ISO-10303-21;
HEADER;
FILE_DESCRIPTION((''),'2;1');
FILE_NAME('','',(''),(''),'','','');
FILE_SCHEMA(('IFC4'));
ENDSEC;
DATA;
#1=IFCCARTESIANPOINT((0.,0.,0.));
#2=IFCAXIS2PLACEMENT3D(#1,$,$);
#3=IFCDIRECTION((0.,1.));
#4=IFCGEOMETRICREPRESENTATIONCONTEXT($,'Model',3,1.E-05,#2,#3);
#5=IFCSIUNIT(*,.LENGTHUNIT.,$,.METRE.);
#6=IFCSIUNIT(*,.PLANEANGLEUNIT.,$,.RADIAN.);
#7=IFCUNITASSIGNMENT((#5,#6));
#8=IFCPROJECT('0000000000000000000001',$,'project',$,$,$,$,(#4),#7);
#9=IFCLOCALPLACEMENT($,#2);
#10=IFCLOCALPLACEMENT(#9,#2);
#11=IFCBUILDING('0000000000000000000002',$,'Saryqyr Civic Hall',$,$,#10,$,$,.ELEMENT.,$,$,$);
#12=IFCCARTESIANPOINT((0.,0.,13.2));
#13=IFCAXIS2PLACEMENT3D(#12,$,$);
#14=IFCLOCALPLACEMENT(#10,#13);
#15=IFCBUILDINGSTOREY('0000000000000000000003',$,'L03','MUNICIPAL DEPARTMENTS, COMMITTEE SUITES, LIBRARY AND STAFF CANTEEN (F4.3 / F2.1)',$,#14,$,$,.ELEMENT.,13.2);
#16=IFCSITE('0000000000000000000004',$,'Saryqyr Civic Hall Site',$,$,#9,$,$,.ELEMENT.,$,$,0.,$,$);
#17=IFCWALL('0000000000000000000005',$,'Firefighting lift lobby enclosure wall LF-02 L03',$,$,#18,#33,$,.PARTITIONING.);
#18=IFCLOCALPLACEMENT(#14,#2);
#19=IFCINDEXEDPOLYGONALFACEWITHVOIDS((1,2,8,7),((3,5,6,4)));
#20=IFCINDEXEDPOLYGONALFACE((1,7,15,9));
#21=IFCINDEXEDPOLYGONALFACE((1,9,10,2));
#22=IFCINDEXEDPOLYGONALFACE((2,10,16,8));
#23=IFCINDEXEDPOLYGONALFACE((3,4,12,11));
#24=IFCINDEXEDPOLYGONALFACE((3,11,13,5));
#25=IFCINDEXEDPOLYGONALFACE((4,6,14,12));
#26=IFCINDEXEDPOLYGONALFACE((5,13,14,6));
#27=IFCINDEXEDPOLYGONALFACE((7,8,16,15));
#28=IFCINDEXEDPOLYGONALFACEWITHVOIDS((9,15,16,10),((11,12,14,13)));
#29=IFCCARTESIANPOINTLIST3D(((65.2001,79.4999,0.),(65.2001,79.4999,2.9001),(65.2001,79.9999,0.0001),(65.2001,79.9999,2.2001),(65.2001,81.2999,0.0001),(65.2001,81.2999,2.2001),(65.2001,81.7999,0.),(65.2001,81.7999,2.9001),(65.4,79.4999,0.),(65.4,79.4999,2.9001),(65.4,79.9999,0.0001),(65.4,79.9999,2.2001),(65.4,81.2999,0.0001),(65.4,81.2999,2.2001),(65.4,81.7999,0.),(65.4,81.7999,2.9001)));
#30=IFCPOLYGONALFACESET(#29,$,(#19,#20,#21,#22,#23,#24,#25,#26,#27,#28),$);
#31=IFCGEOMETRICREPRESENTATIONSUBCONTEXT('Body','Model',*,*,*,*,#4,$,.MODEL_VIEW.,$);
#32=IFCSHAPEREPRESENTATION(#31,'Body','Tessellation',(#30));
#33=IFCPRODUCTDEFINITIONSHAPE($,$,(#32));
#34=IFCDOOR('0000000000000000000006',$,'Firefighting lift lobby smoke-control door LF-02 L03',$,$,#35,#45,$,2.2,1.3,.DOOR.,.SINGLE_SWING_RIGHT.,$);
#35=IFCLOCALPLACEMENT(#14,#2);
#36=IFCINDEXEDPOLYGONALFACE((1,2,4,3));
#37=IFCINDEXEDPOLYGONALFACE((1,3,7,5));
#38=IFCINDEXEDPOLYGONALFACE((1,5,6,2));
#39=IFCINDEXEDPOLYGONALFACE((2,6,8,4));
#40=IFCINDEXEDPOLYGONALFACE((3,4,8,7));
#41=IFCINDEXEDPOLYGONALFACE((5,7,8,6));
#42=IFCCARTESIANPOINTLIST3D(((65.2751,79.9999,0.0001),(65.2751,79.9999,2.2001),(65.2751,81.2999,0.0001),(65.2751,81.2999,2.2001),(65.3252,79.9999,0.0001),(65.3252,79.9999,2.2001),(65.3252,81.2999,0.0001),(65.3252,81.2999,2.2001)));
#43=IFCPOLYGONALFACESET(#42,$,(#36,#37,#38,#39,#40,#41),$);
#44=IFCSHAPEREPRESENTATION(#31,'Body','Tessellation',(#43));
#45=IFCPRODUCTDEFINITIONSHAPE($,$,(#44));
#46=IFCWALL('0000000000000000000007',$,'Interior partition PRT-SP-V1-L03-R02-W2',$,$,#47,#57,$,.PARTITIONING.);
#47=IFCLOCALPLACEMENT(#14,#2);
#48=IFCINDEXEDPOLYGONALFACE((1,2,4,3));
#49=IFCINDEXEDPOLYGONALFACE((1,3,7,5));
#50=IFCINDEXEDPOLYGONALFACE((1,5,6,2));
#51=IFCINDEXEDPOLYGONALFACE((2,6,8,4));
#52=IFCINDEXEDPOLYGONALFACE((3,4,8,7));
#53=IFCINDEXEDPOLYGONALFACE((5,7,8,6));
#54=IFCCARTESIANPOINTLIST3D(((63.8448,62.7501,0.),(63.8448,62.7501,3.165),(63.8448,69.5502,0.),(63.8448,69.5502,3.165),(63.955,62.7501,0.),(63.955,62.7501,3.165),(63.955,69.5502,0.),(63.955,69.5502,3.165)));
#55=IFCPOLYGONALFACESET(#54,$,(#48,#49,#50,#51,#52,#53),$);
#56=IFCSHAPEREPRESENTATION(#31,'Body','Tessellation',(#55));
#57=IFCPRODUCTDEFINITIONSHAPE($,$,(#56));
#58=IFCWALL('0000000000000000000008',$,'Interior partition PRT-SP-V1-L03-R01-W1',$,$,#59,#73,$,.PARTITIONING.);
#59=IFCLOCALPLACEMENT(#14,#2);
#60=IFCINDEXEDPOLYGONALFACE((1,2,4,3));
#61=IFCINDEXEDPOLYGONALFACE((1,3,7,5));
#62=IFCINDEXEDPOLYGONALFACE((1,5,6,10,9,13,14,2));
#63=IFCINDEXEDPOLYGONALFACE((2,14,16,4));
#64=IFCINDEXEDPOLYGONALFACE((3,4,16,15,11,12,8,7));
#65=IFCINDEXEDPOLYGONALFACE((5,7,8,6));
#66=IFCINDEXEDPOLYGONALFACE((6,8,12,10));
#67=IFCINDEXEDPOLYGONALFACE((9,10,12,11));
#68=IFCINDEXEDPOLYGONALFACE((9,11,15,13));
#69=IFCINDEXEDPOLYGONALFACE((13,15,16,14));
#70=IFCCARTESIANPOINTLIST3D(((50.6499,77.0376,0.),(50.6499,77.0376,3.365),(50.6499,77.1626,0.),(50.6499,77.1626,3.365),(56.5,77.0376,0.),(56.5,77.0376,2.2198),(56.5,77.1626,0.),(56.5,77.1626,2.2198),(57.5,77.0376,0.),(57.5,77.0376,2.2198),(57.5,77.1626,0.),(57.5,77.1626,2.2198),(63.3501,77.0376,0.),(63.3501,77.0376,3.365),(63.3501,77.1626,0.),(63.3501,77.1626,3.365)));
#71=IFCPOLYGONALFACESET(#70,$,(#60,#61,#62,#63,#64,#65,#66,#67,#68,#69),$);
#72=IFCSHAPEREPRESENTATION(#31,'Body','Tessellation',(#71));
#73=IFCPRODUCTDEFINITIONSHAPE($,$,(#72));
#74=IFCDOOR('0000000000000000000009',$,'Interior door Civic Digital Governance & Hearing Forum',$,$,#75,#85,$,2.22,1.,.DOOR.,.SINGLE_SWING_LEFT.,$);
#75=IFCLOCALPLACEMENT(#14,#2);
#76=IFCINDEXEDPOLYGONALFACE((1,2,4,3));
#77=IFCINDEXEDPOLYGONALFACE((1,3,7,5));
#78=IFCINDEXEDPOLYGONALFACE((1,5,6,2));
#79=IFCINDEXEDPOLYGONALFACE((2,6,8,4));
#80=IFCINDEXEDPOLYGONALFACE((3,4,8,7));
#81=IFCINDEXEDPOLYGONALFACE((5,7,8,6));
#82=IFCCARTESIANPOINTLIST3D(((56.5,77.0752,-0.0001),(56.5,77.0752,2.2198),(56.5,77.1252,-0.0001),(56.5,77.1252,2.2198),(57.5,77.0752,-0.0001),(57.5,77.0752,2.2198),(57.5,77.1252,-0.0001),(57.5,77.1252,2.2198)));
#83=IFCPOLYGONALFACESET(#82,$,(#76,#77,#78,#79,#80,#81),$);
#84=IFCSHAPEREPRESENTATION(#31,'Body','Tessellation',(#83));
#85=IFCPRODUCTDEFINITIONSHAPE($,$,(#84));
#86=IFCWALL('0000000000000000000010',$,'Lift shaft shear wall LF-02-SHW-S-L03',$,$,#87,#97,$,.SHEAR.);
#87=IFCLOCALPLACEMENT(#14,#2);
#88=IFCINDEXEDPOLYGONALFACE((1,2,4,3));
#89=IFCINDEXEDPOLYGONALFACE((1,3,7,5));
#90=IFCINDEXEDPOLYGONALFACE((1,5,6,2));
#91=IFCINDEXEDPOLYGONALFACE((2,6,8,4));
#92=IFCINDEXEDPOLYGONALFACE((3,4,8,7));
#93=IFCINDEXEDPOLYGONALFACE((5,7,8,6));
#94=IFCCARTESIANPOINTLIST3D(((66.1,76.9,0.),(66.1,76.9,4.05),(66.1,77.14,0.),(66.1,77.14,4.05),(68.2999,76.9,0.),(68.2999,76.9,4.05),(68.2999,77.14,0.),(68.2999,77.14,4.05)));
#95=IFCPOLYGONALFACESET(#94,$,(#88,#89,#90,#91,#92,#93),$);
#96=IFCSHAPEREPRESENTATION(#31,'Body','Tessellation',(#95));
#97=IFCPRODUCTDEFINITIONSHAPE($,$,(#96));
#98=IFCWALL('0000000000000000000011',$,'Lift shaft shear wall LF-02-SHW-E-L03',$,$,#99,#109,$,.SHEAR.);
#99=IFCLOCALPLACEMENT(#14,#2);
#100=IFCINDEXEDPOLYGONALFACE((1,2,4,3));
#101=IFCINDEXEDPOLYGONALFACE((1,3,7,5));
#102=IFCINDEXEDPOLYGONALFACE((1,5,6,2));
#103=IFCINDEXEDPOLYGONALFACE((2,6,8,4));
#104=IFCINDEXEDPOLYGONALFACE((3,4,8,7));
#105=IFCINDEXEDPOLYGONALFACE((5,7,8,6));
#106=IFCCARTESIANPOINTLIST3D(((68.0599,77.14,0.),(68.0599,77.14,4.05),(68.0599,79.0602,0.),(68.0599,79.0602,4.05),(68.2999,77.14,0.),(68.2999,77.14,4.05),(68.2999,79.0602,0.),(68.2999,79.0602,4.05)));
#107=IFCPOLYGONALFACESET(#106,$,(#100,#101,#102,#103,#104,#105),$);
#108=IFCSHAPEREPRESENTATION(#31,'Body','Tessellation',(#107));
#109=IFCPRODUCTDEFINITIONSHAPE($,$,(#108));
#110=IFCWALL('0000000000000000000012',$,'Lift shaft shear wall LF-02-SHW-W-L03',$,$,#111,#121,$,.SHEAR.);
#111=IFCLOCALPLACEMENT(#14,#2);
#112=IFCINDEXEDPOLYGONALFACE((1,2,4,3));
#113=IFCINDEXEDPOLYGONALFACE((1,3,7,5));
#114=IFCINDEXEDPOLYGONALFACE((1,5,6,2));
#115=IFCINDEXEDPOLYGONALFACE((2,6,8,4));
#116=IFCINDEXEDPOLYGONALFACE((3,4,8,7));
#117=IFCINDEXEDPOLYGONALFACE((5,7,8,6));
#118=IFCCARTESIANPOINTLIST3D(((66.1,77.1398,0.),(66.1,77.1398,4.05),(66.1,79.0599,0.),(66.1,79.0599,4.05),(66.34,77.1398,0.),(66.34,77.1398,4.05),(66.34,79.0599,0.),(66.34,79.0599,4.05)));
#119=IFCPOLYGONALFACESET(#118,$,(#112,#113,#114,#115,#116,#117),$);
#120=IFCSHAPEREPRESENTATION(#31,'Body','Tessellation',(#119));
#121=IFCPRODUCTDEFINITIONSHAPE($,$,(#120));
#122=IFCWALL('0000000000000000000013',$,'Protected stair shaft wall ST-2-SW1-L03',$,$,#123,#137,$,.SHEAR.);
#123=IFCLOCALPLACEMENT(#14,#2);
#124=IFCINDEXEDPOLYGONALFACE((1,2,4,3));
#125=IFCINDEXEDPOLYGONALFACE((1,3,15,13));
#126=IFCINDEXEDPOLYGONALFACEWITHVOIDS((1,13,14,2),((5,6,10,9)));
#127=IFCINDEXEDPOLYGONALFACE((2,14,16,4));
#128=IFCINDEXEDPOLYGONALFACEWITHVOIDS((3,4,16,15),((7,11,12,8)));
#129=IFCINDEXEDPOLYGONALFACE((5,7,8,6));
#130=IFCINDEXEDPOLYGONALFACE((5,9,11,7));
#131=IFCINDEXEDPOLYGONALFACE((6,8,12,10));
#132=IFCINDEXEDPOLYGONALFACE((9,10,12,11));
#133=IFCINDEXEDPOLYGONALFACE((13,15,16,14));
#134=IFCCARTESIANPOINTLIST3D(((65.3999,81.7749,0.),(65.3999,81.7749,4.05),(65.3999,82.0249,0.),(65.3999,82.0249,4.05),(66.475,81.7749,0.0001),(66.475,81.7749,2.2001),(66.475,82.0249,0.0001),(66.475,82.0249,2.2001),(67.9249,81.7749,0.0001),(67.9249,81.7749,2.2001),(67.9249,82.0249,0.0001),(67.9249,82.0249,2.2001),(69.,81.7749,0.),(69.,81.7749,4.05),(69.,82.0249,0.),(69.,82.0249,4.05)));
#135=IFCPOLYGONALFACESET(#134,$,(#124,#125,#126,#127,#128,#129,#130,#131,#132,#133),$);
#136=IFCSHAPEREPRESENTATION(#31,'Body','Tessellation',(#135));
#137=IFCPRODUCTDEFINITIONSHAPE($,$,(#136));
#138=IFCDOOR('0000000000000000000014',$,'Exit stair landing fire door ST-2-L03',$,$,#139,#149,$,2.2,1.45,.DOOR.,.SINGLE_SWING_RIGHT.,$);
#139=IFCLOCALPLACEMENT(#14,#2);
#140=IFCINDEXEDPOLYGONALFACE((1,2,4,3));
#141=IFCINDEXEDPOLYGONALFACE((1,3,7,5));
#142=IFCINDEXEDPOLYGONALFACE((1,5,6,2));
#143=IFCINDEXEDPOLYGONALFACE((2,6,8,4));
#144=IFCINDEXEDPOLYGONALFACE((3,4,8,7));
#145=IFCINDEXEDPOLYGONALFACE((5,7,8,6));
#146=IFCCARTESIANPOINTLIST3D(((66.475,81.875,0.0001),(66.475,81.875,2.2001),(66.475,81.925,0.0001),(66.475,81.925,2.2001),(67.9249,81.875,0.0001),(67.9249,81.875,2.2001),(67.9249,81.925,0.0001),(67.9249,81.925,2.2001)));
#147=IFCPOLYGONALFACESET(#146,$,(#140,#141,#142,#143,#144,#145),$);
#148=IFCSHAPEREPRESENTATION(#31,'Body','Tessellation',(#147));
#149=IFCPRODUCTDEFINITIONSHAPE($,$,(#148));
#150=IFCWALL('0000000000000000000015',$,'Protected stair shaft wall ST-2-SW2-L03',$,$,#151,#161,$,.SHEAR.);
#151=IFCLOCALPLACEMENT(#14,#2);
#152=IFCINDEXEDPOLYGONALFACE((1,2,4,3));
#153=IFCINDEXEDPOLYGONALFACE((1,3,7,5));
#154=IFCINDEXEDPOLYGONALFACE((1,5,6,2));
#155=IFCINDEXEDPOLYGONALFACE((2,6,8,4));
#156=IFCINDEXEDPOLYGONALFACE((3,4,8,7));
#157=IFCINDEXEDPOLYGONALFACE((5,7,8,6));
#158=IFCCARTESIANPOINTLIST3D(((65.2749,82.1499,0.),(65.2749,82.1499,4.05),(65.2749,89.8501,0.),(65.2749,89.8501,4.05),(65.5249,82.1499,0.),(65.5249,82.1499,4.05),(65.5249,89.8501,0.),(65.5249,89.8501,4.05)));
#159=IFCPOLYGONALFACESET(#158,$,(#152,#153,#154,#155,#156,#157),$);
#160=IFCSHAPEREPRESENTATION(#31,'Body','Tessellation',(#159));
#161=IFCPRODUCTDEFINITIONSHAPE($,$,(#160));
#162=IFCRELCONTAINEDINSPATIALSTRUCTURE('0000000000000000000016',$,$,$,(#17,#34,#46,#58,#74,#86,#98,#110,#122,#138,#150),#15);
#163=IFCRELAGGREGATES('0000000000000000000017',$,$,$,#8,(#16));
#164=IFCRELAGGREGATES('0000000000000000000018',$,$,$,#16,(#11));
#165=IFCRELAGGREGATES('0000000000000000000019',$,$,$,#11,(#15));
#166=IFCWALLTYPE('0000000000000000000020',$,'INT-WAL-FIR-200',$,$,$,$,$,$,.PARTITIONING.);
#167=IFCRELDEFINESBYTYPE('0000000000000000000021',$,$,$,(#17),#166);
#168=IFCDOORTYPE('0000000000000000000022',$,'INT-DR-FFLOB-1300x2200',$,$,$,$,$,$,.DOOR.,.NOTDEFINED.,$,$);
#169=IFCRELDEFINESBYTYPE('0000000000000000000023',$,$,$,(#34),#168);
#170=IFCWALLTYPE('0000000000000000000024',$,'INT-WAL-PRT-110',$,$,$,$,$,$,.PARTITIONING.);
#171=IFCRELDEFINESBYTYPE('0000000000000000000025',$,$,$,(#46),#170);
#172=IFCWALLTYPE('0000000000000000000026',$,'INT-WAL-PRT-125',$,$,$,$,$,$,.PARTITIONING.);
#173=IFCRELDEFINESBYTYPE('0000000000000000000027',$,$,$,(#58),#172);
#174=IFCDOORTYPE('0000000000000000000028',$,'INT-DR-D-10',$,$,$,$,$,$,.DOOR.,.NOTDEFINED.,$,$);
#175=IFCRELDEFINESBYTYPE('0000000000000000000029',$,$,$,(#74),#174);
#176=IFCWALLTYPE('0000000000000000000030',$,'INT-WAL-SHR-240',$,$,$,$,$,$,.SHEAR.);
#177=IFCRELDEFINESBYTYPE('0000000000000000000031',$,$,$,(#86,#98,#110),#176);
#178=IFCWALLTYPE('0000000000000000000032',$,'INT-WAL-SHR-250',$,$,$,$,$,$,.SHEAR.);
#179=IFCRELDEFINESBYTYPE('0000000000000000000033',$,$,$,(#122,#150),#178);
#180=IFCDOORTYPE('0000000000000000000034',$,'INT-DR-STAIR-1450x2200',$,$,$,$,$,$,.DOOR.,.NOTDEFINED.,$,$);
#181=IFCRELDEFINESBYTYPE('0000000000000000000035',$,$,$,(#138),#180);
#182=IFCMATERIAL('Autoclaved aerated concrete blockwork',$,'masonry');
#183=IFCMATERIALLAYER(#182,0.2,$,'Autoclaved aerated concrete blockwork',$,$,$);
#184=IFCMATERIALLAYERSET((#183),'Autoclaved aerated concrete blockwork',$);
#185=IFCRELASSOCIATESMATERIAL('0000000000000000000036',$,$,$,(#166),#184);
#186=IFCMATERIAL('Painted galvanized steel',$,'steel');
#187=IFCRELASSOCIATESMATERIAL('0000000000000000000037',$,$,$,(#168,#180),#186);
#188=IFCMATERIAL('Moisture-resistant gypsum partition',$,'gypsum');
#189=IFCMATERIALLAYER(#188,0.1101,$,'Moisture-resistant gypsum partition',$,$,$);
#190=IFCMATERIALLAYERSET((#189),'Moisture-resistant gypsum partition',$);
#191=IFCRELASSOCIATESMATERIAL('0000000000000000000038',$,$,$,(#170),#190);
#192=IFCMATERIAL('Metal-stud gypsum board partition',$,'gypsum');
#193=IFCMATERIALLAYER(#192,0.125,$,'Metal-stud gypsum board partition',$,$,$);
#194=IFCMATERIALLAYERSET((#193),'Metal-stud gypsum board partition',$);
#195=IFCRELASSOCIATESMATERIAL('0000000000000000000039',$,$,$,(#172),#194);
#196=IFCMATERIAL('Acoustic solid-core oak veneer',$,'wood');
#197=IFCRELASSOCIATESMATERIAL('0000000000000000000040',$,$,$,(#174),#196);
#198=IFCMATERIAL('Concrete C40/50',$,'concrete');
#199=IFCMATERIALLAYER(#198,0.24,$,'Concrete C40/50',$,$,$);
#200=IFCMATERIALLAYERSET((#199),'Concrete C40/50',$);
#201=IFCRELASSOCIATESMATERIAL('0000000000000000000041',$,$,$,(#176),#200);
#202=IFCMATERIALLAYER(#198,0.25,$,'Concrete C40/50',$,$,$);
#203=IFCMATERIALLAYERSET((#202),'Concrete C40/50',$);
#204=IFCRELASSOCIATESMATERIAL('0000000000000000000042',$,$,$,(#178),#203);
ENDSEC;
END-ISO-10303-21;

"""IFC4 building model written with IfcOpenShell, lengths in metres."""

from ifc_helpers import new_model, si_unit, direction, frame, frame_2d, origin, place, context, subcontext, project, spatial, rectangle, extrude, material, layer, layer_set, type_object, element, fill, save


model = new_model("IFC4")

# Units and contexts
model_context = context("Model", 3, precision=1e-05, world=origin(), true_north=direction((0.0, 1.0)))
body_context = subcontext(model_context, "Body", "Model", "MODEL_VIEW")
ifc_project = project(units=[si_unit("LENGTHUNIT", "METRE"), si_unit("PLANEANGLEUNIT", "RADIAN")], contexts=[model_context])

# Site, building, storey
site_placement = place(None, origin())
site = spatial("IfcSite", under=ifc_project, at=site_placement, Name="Saryqyr Civic Hall Site", CompositionType="ELEMENT", RefElevation=0.0)
building_placement = place(site_placement, origin())
building = spatial("IfcBuilding", under=site, at=building_placement, Name="Saryqyr Civic Hall", CompositionType="ELEMENT")
storey_placement = place(building_placement, frame((0.0, 0.0, 13.2)))
storey = spatial("IfcBuildingStorey", under=building, at=storey_placement, Name="L03", Description="MUNICIPAL DEPARTMENTS, COMMITTEE SUITES, LIBRARY AND STAFF CANTEEN (F4.3 / F2.1)", CompositionType="ELEMENT", Elevation=13.2)

# Shared definitions
ifc_material_1 = material(Name="Concrete C40/50", Category="concrete")

# Wall, opening, door
ifc_material_2 = material(Name="Autoclaved aerated concrete blockwork", Category="masonry")
ifc_layer_1 = layer(ifc_material_2, 0.2, Name="Autoclaved aerated concrete blockwork")
ifc_layer_set_1 = layer_set([ifc_layer_1], Name="Autoclaved aerated concrete blockwork")
wall_type_1 = type_object("IfcWallType", Name="INT-WAL-FIR-200", PredefinedType="PARTITIONING", material=ifc_layer_set_1)
wall_1_placement = place(storey_placement, frame((65.3, 79.5, 0.0), z_axis=(0.0, 0.0, 1.0), x_axis=(0.0, 1.0, 0.0)))
wall_1 = element("IfcWall", 1, at=wall_1_placement, inside=storey, type_object=wall_type_1, Name="Firefighting lift lobby enclosure wall LF-02 L03", PredefinedType="PARTITIONING", context=body_context, shape_type="SweptSolid", body=[
    extrude(rectangle(XDim=2.3, YDim=0.2, at=frame_2d((1.1499, 0.0))), origin(), (0.0, 0.0, 1.0), 2.9001),
])
opening_1_placement = place(wall_1_placement, frame((0.5, 0.0, 0.0)))
opening_1 = element("IfcOpeningElement", 2, at=opening_1_placement, cuts=wall_1, PredefinedType="OPENING", context=body_context, shape_type="SweptSolid", body=[
    extrude(rectangle(XDim=1.3, YDim=2.2, at=frame_2d((0.6499, 1.1001))), frame((0.0, 0.1099, 0.0), z_axis=(0.0, -1.0, 0.0), x_axis=(1.0, 0.0, 0.0)), (0.0, 0.0, 1.0), 0.22),
])
ifc_material_3 = material(Name="Painted galvanized steel", Category="steel")
door_type_1 = type_object("IfcDoorType", Name="INT-DR-FFLOB-1300x2200", OperationType="NOTDEFINED", PredefinedType="DOOR", material=ifc_material_3)
door_1_placement = place(opening_1_placement, origin())
door_1 = element("IfcDoor", 3, at=door_1_placement, inside=storey, type_object=door_type_1, Name="Firefighting lift lobby smoke-control door LF-02 L03", OperationType="SINGLE_SWING_RIGHT", OverallHeight=2.2, OverallWidth=1.3, PredefinedType="DOOR", context=body_context, shape_type="SweptSolid", body=[
    extrude(rectangle(XDim=1.3, YDim=2.2, at=frame_2d((0.6499, 1.1001))), frame((0.0, 0.0249, 0.0), z_axis=(0.0, -1.0, 0.0), x_axis=(1.0, 0.0, 0.0)), (0.0, 0.0, 1.0), 0.05),
])
fill(opening_1, door_1)

# Wall
ifc_material_4 = material(Name="Moisture-resistant gypsum partition", Category="gypsum")
ifc_layer_2 = layer(ifc_material_4, 0.1101, Name="Moisture-resistant gypsum partition")
ifc_layer_set_2 = layer_set([ifc_layer_2], Name="Moisture-resistant gypsum partition")
wall_type_2 = type_object("IfcWallType", Name="INT-WAL-PRT-110", PredefinedType="PARTITIONING", material=ifc_layer_set_2)
wall_2_placement = place(storey_placement, frame((63.8999, 69.55, 0.0), z_axis=(0.0, 0.0, 1.0), x_axis=(0.0, -1.0, 0.0)))
element("IfcWall", 4, at=wall_2_placement, inside=storey, type_object=wall_type_2, Name="Interior partition PRT-SP-V1-L03-R02-W2", PredefinedType="PARTITIONING", context=body_context, shape_type="SweptSolid", body=[
    extrude(rectangle(XDim=6.8, YDim=0.1101, at=frame_2d((3.3999, 0.0))), origin(), (0.0, 0.0, 1.0), 3.165),
])

# Wall, opening, door
ifc_material_5 = material(Name="Metal-stud gypsum board partition", Category="gypsum")
ifc_layer_3 = layer(ifc_material_5, 0.125, Name="Metal-stud gypsum board partition")
ifc_layer_set_3 = layer_set([ifc_layer_3], Name="Metal-stud gypsum board partition")
wall_type_3 = type_object("IfcWallType", Name="INT-WAL-PRT-125", PredefinedType="PARTITIONING", material=ifc_layer_set_3)
wall_3_placement = place(storey_placement, frame((63.3501, 77.1001, 0.0), z_axis=(0.0, 0.0, 1.0), x_axis=(-1.0, 0.0, 0.0)))
wall_3 = element("IfcWall", 5, at=wall_3_placement, inside=storey, type_object=wall_type_3, Name="Interior partition PRT-SP-V1-L03-R01-W1", PredefinedType="PARTITIONING", context=body_context, shape_type="SweptSolid", body=[
    extrude(rectangle(XDim=12.7002, YDim=0.125, at=frame_2d((6.3501, 0.0))), origin(), (0.0, 0.0, 1.0), 3.365),
])
opening_2_placement = place(wall_3_placement, frame((5.8501, 0.0, 0.0)))
opening_2 = element("IfcOpeningElement", 6, at=opening_2_placement, cuts=wall_3, PredefinedType="OPENING", context=body_context, shape_type="SweptSolid", body=[
    extrude(rectangle(XDim=1.0, YDim=2.22, at=frame_2d((0.5, 1.1099))), frame((0.0, 0.0725, 0.0), z_axis=(0.0, -1.0, 0.0), x_axis=(1.0, 0.0, 0.0)), (0.0, 0.0, 1.0), 0.145),
])
ifc_material_6 = material(Name="Acoustic solid-core oak veneer", Category="wood")
door_type_2 = type_object("IfcDoorType", Name="INT-DR-D-10", OperationType="NOTDEFINED", PredefinedType="DOOR", material=ifc_material_6)
door_2_placement = place(opening_2_placement, origin())
door_2 = element("IfcDoor", 7, at=door_2_placement, inside=storey, type_object=door_type_2, Name="Interior door Civic Digital Governance & Hearing Forum", OperationType="SINGLE_SWING_LEFT", OverallHeight=2.22, OverallWidth=1.0, PredefinedType="DOOR", context=body_context, shape_type="SweptSolid", body=[
    extrude(rectangle(XDim=1.0, YDim=2.22, at=frame_2d((0.5, 1.1099))), frame((0.0, 0.0249, 0.0), z_axis=(0.0, -1.0, 0.0), x_axis=(1.0, 0.0, 0.0)), (0.0, 0.0, 1.0), 0.05),
])
fill(opening_2, door_2)

# Walls
ifc_layer_4 = layer(ifc_material_1, 0.24, Name="Concrete C40/50")
ifc_layer_set_4 = layer_set([ifc_layer_4], Name="Concrete C40/50")
wall_type_4 = type_object("IfcWallType", Name="INT-WAL-SHR-240", PredefinedType="SHEAR", material=ifc_layer_set_4)
wall_4_placement = place(storey_placement, frame((68.3, 77.02, 0.0), z_axis=(0.0, 0.0, 1.0), x_axis=(-1.0, 0.0, 0.0)))
element("IfcWall", 8, at=wall_4_placement, inside=storey, type_object=wall_type_4, Name="Lift shaft shear wall LF-02-SHW-S-L03", PredefinedType="SHEAR", context=body_context, shape_type="SweptSolid", body=[
    extrude(rectangle(XDim=2.2, YDim=0.24, at=frame_2d((1.1001, 0.0))), origin(), (0.0, 0.0, 1.0), 4.05),
])
wall_5_placement = place(storey_placement, frame((68.1799, 79.0601, 0.0), z_axis=(0.0, 0.0, 1.0), x_axis=(0.0, -1.0, 0.0)))
element("IfcWall", 9, at=wall_5_placement, inside=storey, type_object=wall_type_4, Name="Lift shaft shear wall LF-02-SHW-E-L03", PredefinedType="SHEAR", context=body_context, shape_type="SweptSolid", body=[
    extrude(rectangle(XDim=1.9202, YDim=0.24, at=frame_2d((0.96, 0.0))), origin(), (0.0, 0.0, 1.0), 4.05),
])

# Wall
wall_6_placement = place(storey_placement, frame((66.22, 77.1399, 0.0), z_axis=(0.0, 0.0, 1.0), x_axis=(0.0, 1.0, 0.0)))
element("IfcWall", 10, at=wall_6_placement, inside=storey, type_object=wall_type_4, Name="Lift shaft shear wall LF-02-SHW-W-L03", PredefinedType="SHEAR", context=body_context, shape_type="SweptSolid", body=[
    extrude(rectangle(XDim=1.9202, YDim=0.24, at=frame_2d((0.96, 0.0))), origin(), (0.0, 0.0, 1.0), 4.05),
])

# Wall, opening, door
ifc_layer_5 = layer(ifc_material_1, 0.25, Name="Concrete C40/50")
ifc_layer_set_5 = layer_set([ifc_layer_5], Name="Concrete C40/50")
wall_type_5 = type_object("IfcWallType", Name="INT-WAL-SHR-250", PredefinedType="SHEAR", material=ifc_layer_set_5)
wall_7_placement = place(storey_placement, frame((69.0, 81.8999, 0.0), z_axis=(0.0, 0.0, 1.0), x_axis=(-1.0, 0.0, 0.0)))
wall_7 = element("IfcWall", 11, at=wall_7_placement, inside=storey, type_object=wall_type_5, Name="Protected stair shaft wall ST-2-SW1-L03", PredefinedType="SHEAR", context=body_context, shape_type="SweptSolid", body=[
    extrude(rectangle(XDim=3.6001, YDim=0.25, at=frame_2d((1.8, 0.0))), origin(), (0.0, 0.0, 1.0), 4.05),
])
opening_3_placement = place(wall_7_placement, frame((1.075, 0.0, 0.0)))
opening_3 = element("IfcOpeningElement", 12, at=opening_3_placement, cuts=wall_7, PredefinedType="OPENING", context=body_context, shape_type="SweptSolid", body=[
    extrude(rectangle(XDim=1.45, YDim=2.2, at=frame_2d((0.7251, 1.1001))), frame((0.0, 0.135, 0.0), z_axis=(0.0, -1.0, 0.0), x_axis=(1.0, 0.0, 0.0)), (0.0, 0.0, 1.0), 0.27),
])
door_type_3 = type_object("IfcDoorType", Name="INT-DR-STAIR-1450x2200", OperationType="NOTDEFINED", PredefinedType="DOOR", material=ifc_material_3)
door_3_placement = place(opening_3_placement, origin())
door_3 = element("IfcDoor", 13, at=door_3_placement, inside=storey, type_object=door_type_3, Name="Exit stair landing fire door ST-2-L03", OperationType="SINGLE_SWING_RIGHT", OverallHeight=2.2, OverallWidth=1.45, PredefinedType="DOOR", context=body_context, shape_type="SweptSolid", body=[
    extrude(rectangle(XDim=1.45, YDim=2.2, at=frame_2d((0.7251, 1.1001))), frame((0.0, 0.0249, 0.0), z_axis=(0.0, -1.0, 0.0), x_axis=(1.0, 0.0, 0.0)), (0.0, 0.0, 1.0), 0.05),
])
fill(opening_3, door_3)

# Wall
wall_8_placement = place(storey_placement, frame((65.3999, 82.1499, 0.0), z_axis=(0.0, 0.0, 1.0), x_axis=(0.0, 1.0, 0.0)))
element("IfcWall", 14, at=wall_8_placement, inside=storey, type_object=wall_type_5, Name="Protected stair shaft wall ST-2-SW2-L03", PredefinedType="SHEAR", context=body_context, shape_type="SweptSolid", body=[
    extrude(rectangle(XDim=7.7002, YDim=0.25, at=frame_2d((3.8501, 0.0))), origin(), (0.0, 0.0, 1.0), 4.05),
])

save(model, "model.ifc")
